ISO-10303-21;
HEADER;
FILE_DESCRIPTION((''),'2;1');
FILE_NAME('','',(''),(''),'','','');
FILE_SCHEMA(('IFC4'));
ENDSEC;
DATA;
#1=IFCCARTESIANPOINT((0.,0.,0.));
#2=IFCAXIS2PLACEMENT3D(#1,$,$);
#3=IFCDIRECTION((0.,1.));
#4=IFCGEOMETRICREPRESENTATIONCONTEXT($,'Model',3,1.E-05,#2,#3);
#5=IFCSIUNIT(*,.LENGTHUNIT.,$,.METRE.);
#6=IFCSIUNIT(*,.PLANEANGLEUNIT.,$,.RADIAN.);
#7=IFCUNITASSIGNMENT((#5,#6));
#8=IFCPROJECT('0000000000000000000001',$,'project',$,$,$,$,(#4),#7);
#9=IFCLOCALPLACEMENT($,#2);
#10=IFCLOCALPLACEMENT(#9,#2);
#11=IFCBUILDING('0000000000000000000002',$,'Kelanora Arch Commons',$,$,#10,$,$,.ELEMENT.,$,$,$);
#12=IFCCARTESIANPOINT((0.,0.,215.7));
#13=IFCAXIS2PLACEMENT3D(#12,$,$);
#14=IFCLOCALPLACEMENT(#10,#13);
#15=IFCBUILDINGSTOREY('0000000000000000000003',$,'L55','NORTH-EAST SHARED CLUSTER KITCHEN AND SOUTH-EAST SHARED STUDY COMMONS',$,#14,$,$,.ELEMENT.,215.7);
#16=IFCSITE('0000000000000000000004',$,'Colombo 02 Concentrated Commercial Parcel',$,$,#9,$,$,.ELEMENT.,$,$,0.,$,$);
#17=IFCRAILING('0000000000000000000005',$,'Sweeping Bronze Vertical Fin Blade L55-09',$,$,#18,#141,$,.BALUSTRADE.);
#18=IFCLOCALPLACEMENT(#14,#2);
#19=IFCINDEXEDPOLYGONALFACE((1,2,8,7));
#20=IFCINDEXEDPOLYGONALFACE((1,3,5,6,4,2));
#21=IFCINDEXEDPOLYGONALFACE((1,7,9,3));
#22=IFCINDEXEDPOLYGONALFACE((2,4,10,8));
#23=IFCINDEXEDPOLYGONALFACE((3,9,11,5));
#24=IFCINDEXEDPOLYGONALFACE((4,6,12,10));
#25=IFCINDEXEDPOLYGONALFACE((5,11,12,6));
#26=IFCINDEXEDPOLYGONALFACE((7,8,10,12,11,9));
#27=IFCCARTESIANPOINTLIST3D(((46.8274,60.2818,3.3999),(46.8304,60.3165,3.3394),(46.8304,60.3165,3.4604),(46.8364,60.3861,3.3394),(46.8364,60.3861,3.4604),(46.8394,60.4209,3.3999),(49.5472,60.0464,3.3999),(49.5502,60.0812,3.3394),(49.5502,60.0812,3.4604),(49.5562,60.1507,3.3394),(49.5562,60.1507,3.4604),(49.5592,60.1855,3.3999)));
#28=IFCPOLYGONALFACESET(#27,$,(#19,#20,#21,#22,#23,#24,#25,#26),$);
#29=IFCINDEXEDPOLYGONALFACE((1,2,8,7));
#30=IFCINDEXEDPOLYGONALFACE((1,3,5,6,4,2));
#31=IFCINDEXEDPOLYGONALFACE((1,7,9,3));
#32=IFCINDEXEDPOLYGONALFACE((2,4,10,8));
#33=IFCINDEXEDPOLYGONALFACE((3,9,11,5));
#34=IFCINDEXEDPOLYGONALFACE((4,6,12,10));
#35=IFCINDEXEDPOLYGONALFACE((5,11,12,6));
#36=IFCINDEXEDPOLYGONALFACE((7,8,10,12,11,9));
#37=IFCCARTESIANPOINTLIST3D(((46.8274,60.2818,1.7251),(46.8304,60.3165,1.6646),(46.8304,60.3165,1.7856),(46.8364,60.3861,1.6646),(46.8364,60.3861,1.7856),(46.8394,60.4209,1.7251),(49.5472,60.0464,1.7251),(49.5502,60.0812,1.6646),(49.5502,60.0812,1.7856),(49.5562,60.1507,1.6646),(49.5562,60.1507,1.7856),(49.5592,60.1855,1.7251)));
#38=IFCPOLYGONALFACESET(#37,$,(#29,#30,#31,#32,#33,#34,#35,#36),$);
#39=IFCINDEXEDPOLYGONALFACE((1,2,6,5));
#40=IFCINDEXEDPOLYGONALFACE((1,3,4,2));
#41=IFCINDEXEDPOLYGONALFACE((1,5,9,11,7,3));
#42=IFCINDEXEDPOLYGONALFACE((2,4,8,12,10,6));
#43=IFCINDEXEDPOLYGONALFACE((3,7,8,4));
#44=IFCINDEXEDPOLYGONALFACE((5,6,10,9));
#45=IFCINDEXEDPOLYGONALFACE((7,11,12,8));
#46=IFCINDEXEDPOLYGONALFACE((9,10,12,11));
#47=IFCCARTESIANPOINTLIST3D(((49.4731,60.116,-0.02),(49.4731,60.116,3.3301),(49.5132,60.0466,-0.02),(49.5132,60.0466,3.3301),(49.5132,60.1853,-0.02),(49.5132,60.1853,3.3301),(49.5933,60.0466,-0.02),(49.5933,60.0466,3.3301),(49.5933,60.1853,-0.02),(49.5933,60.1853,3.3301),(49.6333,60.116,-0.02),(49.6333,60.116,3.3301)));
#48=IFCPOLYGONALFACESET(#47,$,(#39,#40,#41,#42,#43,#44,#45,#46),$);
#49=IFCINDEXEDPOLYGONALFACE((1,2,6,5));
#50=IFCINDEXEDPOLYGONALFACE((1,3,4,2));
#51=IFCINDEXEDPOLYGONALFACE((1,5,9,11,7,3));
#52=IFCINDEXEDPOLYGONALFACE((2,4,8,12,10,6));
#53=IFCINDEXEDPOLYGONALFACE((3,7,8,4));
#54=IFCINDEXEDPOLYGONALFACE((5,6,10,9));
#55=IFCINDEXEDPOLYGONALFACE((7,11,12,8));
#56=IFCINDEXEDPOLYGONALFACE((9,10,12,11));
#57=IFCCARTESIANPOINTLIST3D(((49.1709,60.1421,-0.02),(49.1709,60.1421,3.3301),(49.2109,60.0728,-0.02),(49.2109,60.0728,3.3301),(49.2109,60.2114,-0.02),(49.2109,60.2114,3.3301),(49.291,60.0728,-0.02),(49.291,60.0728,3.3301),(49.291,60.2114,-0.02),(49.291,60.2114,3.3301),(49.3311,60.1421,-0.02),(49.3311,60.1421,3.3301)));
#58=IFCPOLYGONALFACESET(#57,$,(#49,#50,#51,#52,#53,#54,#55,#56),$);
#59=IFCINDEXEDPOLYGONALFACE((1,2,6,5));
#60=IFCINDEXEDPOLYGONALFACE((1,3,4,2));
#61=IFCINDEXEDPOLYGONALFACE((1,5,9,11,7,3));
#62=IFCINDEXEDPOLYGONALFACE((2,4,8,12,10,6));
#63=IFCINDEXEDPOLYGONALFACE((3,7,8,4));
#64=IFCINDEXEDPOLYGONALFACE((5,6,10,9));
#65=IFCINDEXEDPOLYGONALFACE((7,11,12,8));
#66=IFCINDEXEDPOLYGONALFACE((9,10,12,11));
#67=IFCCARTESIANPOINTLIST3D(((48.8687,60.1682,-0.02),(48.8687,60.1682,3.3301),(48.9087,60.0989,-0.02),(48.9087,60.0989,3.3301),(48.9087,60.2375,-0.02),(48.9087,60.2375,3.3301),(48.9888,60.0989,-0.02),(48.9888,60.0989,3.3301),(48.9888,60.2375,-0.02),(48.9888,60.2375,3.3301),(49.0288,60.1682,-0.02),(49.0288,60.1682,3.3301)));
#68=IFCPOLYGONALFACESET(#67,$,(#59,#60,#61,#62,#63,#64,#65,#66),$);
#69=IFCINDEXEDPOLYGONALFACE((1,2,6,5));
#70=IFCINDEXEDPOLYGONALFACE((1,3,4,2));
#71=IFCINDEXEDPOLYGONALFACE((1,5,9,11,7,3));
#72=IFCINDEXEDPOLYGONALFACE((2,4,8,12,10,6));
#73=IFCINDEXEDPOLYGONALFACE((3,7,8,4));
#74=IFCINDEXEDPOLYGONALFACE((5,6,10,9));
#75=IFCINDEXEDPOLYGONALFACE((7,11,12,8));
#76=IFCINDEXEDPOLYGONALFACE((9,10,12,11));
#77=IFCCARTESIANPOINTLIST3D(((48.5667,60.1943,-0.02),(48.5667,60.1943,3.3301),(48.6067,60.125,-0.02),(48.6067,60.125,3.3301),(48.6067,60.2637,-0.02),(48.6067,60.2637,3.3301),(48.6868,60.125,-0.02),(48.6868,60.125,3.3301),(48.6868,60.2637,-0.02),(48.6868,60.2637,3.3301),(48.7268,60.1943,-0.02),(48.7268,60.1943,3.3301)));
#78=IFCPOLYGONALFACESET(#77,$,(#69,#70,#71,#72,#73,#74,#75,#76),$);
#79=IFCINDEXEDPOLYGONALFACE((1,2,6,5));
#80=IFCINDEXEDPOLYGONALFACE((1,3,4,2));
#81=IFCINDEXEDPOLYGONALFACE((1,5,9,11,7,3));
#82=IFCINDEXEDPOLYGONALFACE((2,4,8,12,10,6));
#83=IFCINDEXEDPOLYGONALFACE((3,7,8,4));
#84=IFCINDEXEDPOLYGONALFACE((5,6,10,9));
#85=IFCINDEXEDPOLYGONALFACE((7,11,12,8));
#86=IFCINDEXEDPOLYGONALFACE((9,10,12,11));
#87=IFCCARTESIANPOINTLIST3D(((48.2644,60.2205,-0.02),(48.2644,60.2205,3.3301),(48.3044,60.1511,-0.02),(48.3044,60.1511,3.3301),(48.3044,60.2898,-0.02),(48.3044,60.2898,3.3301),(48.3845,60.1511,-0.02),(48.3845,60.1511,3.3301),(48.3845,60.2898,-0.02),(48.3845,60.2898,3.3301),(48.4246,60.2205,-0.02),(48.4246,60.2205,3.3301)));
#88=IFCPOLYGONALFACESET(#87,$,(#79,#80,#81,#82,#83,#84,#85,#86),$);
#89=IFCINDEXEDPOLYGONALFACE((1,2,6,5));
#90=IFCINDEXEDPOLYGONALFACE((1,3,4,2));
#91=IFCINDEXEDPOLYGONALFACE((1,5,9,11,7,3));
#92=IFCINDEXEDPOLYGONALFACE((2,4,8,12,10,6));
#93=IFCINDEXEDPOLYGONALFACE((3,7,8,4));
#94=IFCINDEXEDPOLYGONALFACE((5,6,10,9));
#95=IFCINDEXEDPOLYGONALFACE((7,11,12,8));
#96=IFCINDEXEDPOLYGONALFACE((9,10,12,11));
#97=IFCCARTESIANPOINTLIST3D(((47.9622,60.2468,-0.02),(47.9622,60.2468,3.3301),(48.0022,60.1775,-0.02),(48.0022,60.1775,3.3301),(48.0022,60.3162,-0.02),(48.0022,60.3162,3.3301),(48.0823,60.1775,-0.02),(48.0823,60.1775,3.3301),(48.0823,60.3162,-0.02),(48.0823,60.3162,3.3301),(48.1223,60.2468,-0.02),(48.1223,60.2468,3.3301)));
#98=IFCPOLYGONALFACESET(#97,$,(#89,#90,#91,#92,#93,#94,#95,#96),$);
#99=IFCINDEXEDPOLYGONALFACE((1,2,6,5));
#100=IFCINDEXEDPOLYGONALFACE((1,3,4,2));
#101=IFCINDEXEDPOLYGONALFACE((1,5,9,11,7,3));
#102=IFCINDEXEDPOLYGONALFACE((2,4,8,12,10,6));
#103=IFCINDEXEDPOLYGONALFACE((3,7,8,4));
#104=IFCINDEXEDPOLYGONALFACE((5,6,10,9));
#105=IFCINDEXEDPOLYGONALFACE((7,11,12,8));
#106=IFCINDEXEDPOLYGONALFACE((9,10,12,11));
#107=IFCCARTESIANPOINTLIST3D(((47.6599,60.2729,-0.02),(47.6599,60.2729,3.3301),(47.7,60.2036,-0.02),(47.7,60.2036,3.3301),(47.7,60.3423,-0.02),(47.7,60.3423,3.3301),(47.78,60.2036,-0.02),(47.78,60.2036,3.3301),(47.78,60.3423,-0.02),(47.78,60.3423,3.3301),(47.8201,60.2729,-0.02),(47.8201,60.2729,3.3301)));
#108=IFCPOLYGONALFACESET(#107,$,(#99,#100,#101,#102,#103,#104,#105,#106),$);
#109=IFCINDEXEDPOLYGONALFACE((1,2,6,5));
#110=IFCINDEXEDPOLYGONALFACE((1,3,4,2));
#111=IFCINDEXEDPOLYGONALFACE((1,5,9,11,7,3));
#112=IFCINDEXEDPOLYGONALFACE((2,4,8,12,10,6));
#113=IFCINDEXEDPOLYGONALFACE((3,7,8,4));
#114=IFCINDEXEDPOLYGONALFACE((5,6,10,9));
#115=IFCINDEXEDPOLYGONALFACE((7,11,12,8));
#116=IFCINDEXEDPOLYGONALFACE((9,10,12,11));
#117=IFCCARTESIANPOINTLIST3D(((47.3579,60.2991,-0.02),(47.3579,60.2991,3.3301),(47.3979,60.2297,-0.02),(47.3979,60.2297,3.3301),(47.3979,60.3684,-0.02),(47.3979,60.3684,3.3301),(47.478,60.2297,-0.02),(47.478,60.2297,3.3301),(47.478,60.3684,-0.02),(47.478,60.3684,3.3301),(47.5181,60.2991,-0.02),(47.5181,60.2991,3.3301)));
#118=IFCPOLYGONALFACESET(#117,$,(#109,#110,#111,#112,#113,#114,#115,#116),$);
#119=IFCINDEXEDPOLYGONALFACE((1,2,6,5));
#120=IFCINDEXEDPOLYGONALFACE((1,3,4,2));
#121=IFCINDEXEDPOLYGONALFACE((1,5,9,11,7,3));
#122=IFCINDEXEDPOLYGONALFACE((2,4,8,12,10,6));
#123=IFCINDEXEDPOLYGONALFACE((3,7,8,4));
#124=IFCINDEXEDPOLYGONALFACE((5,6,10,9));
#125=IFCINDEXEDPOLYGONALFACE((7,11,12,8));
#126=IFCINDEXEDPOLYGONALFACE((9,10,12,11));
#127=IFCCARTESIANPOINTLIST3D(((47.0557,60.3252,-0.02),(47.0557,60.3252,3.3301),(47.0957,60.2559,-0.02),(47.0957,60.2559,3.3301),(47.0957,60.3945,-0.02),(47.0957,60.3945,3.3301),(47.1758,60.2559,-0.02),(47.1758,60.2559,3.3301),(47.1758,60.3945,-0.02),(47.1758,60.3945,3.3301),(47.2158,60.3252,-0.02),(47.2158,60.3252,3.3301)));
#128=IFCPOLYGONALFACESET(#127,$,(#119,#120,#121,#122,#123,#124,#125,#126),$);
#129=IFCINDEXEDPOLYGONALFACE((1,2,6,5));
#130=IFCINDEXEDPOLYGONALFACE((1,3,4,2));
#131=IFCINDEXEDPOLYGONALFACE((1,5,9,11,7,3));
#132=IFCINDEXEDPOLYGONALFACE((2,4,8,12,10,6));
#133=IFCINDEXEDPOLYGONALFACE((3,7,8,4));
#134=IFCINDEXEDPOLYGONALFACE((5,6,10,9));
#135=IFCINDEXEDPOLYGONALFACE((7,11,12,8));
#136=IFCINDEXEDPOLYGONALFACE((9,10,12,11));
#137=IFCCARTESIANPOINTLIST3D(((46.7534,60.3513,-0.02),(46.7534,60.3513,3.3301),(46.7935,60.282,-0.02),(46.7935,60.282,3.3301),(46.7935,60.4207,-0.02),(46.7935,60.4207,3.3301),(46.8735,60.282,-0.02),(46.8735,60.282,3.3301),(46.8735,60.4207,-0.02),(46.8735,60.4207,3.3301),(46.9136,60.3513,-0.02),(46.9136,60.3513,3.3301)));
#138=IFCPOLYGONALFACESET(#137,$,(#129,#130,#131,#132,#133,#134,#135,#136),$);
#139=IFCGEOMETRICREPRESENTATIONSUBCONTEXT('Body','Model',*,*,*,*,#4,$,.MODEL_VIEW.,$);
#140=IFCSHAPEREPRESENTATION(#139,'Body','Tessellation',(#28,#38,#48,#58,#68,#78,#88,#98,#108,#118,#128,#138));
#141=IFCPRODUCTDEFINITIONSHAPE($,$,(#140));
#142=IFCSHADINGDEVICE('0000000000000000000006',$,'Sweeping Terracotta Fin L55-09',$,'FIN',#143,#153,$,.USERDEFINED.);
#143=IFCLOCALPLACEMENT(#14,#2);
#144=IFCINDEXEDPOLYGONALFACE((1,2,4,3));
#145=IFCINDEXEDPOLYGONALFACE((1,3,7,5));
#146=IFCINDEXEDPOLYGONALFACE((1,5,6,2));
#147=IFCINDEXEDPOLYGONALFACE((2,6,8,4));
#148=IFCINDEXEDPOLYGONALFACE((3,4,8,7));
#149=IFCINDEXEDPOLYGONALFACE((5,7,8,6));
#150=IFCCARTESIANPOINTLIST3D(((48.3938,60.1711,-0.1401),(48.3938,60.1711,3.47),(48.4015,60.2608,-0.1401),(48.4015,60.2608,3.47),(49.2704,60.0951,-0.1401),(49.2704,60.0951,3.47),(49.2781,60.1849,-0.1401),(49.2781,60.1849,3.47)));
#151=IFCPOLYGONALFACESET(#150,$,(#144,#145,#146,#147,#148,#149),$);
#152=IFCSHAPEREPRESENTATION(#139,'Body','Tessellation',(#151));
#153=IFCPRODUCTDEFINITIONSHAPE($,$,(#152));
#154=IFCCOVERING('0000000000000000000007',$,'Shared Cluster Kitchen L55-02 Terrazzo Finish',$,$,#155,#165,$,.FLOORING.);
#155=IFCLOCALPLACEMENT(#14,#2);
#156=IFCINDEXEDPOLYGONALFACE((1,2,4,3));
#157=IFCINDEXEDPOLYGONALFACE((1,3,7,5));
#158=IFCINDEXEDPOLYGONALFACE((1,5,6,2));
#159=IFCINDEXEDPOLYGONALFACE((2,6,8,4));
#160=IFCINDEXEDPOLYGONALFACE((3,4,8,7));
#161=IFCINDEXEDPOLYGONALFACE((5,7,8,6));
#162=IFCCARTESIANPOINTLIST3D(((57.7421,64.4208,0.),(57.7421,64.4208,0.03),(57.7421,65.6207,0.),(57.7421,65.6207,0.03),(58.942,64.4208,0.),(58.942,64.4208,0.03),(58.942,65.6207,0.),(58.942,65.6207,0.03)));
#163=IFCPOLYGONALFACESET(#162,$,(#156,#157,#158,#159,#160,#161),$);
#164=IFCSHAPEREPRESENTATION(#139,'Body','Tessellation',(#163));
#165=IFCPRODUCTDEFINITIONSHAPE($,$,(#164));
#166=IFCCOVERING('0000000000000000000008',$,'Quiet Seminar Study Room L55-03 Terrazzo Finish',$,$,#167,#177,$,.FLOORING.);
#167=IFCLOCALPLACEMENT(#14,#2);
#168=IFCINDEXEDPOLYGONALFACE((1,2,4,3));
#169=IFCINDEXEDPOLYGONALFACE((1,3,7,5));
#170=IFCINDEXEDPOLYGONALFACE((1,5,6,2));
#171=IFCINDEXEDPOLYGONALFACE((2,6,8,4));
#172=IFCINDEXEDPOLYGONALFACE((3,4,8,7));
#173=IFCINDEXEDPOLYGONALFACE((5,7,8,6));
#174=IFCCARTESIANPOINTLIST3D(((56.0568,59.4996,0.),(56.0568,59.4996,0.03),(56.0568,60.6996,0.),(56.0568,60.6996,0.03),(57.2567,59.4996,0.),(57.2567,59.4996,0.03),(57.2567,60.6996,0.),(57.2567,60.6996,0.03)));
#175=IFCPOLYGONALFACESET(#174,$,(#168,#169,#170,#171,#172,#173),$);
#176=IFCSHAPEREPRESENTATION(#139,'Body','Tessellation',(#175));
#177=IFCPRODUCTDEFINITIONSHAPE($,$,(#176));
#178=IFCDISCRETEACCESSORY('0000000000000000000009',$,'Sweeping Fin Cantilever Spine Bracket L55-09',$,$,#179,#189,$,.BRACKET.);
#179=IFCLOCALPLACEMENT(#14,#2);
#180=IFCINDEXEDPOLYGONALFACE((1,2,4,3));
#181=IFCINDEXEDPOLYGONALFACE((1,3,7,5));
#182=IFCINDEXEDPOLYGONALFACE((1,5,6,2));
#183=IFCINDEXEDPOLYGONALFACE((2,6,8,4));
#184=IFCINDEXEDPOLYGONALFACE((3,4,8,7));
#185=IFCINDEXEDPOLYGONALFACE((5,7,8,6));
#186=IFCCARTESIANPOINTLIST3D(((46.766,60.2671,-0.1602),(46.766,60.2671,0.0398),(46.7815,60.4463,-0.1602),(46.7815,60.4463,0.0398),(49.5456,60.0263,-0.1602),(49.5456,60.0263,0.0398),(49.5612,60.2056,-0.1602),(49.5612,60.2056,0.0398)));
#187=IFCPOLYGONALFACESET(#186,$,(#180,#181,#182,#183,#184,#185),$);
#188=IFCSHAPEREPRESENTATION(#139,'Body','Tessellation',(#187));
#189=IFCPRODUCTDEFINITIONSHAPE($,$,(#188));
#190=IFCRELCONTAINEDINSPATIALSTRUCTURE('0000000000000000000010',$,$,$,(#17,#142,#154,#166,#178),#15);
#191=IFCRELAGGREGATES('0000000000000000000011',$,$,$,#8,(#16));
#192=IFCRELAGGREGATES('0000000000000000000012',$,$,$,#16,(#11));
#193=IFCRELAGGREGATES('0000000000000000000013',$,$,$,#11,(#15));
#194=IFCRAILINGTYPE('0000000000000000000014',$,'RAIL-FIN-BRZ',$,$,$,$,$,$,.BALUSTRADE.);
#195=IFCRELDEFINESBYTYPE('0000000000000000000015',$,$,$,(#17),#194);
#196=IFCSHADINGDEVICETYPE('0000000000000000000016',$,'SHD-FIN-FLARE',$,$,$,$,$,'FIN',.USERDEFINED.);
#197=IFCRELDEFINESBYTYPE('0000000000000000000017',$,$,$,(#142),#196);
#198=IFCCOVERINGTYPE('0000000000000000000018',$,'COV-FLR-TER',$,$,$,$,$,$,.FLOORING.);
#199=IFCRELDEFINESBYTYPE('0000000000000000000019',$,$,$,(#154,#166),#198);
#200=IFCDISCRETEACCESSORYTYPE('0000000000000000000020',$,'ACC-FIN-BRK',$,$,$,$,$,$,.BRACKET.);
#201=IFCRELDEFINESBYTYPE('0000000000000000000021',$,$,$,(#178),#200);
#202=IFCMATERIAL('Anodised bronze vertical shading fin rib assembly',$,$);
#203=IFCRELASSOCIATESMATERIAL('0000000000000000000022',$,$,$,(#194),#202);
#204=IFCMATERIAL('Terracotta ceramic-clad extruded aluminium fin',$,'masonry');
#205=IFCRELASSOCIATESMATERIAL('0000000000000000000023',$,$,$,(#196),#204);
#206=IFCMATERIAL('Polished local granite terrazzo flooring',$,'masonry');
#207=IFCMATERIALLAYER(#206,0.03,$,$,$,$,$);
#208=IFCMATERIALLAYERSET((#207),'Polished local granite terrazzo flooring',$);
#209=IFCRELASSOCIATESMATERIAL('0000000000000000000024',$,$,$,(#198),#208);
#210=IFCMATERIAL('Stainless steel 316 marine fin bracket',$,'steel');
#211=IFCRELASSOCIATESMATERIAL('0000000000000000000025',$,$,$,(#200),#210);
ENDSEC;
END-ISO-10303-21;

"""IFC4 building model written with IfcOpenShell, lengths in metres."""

from ifc_helpers import new_model, si_unit, direction, frame, origin, origin_2d, place, context, subcontext, project, spatial, polyline, rectangle, outline, extrude, source, transform, mapped, material, layer, layer_set, type_object, element, save


model = new_model("IFC4")

# Units and contexts
model_context = context("Model", 3, precision=1e-05, world=origin(), true_north=direction((0.0, 1.0)))
body_context = subcontext(model_context, "Body", "Model", "MODEL_VIEW")
ifc_project = project(units=[si_unit("LENGTHUNIT", "METRE"), si_unit("PLANEANGLEUNIT", "RADIAN")], contexts=[model_context])

# Site, building, storey
site_placement = place(None, origin())
site = spatial("IfcSite", under=ifc_project, at=site_placement, Name="Colombo 02 Concentrated Commercial Parcel", CompositionType="ELEMENT", RefElevation=0.0)
building_placement = place(site_placement, origin())
building = spatial("IfcBuilding", under=site, at=building_placement, Name="Kelanora Arch Commons", CompositionType="ELEMENT")
storey_placement = place(building_placement, frame((0.0, 0.0, 215.7)))
storey = spatial("IfcBuildingStorey", under=building, at=storey_placement, Name="L55", Description="NORTH-EAST SHARED CLUSTER KITCHEN AND SOUTH-EAST SHARED STUDY COMMONS", CompositionType="ELEMENT", Elevation=215.7)

# Railing
ifc_material_1 = material(Name="Anodised bronze vertical shading fin rib assembly")
railing_type = type_object("IfcRailingType", Name="RAIL-FIN-BRZ", PredefinedType="BALUSTRADE", material=ifc_material_1)
railing_placement = place(storey_placement, frame((49.5532, 60.116, -0.02)))
element("IfcRailing", 1, at=railing_placement, inside=storey, type_object=railing_type, Name="Sweeping Bronze Vertical Fin Blade L55-09", PredefinedType="BALUSTRADE", context=body_context, shape_type="SweptSolid", body=[
    extrude(outline(polyline([(0.0698, 0.0), (0.0349, 0.0605), (-0.0349, 0.0605), (-0.0698, 0.0), (-0.0349, -0.0605), (0.0349, -0.0605), (0.0698, 0.0)])), frame((0.0, 0.0, 3.4199), z_axis=(-0.996277, 0.086213, 0.0), x_axis=(-0.086213, -0.996277, 0.0)), (0.0, 0.0, 1.0), 2.73),
    extrude(outline(polyline([(0.0698, 0.0), (0.0349, 0.0605), (-0.0349, 0.0605), (-0.0698, 0.0), (-0.0349, -0.0605), (0.0349, -0.0605), (0.0698, 0.0)])), frame((0.0, 0.0, 1.7451), z_axis=(-0.996277, 0.086213, 0.0), x_axis=(-0.086213, -0.996277, 0.0)), (0.0, 0.0, 1.0), 2.73),
    extrude(outline(polyline([(0.0801, 0.0), (0.04, 0.0693), (-0.04, 0.0693), (-0.0801, 0.0), (-0.04, -0.0693), (0.04, -0.0693), (0.0801, 0.0)])), origin(), (0.0, 0.0, 1.0), 3.3501),
    extrude(outline(polyline([(0.0801, 0.0), (0.04, 0.0693), (-0.04, 0.0693), (-0.0801, 0.0), (-0.04, -0.0693), (0.04, -0.0693), (0.0801, 0.0)])), frame((-0.3022, 0.0261, 0.0)), (0.0, 0.0, 1.0), 3.3501),
    extrude(outline(polyline([(0.0801, 0.0), (0.04, 0.0693), (-0.04, 0.0693), (-0.0801, 0.0), (-0.04, -0.0693), (0.04, -0.0693), (0.0801, 0.0)])), frame((-0.6045, 0.0522, 0.0)), (0.0, 0.0, 1.0), 3.3501),
    extrude(outline(polyline([(0.0801, 0.0), (0.04, 0.0693), (-0.04, 0.0693), (-0.0801, 0.0), (-0.04, -0.0693), (0.04, -0.0693), (0.0801, 0.0)])), frame((-0.9065, 0.0784, 0.0)), (0.0, 0.0, 1.0), 3.3501),
    extrude(outline(polyline([(0.0801, 0.0), (0.04, 0.0693), (-0.04, 0.0693), (-0.0801, 0.0), (-0.04, -0.0693), (0.04, -0.0693), (0.0801, 0.0)])), frame((-1.2087, 0.1045, 0.0)), (0.0, 0.0, 1.0), 3.3501),
    extrude(outline(polyline([(0.0801, 0.0), (0.04, 0.0693), (-0.04, 0.0693), (-0.0801, 0.0), (-0.04, -0.0693), (0.04, -0.0693), (0.0801, 0.0)])), frame((-1.511, 0.1309, 0.0)), (0.0, 0.0, 1.0), 3.3501),
    extrude(outline(polyline([(0.0801, 0.0), (0.04, 0.0693), (-0.04, 0.0693), (-0.0801, 0.0), (-0.04, -0.0693), (0.04, -0.0693), (0.0801, 0.0)])), frame((-1.8132, 0.157, 0.0)), (0.0, 0.0, 1.0), 3.3501),
    extrude(outline(polyline([(0.0801, 0.0), (0.04, 0.0693), (-0.04, 0.0693), (-0.0801, 0.0), (-0.04, -0.0693), (0.04, -0.0693), (0.0801, 0.0)])), frame((-2.1152, 0.1831, 0.0)), (0.0, 0.0, 1.0), 3.3501),
    extrude(outline(polyline([(0.0801, 0.0), (0.04, 0.0693), (-0.04, 0.0693), (-0.0801, 0.0), (-0.04, -0.0693), (0.04, -0.0693), (0.0801, 0.0)])), frame((-2.4175, 0.2092, 0.0)), (0.0, 0.0, 1.0), 3.3501),
    extrude(outline(polyline([(0.0801, 0.0), (0.04, 0.0693), (-0.04, 0.0693), (-0.0801, 0.0), (-0.04, -0.0693), (0.04, -0.0693), (0.0801, 0.0)])), frame((-2.7197, 0.2354, 0.0)), (0.0, 0.0, 1.0), 3.3501),
])

# Shading device
ifc_material_2 = material(Name="Terracotta ceramic-clad extruded aluminium fin", Category="masonry")
shading_device_type = type_object("IfcShadingDeviceType", Name="SHD-FIN-FLARE", ElementType="FIN", PredefinedType="USERDEFINED", material=ifc_material_2)
shared_shape_1 = source(origin(), body_context, "Body", "SweptSolid", [
    extrude(rectangle(XDim=0.8799, YDim=0.0901, at=origin_2d()), origin(), (0.0, 0.0, 1.0), 3.6101),
])
shading_device_placement = place(storey_placement, frame((48.8359, 60.178, -0.1401), z_axis=(0.0, 0.0, 1.0), x_axis=(-0.99627, 0.086286, 0.0)))
element("IfcShadingDevice", 2, at=shading_device_placement, inside=storey, type_object=shading_device_type, Name="Sweeping Terracotta Fin L55-09", ObjectType="FIN", PredefinedType="USERDEFINED", context=body_context, shape_type="MappedRepresentation", body=[
    mapped(shared_shape_1, transform((0.0, 0.0, 0.0), scale=1.0)),
])

# Coverings
ifc_material_3 = material(Name="Polished local granite terrazzo flooring", Category="masonry")
ifc_layer_1 = layer(ifc_material_3, 0.03)
ifc_layer_set_1 = layer_set([ifc_layer_1], Name="Polished local granite terrazzo flooring")
covering_type = type_object("IfcCoveringType", Name="COV-FLR-TER", PredefinedType="FLOORING", material=ifc_layer_set_1)
shared_shape_2 = source(origin(), body_context, "Body", "SweptSolid", [
    extrude(rectangle(XDim=1.2, YDim=1.2, at=origin_2d()), origin(), (0.0, 0.0, 1.0), 0.03),
])
for number, where, z_axis, x_axis, name in (
    (3, (58.342, 65.0208, 0.0), (0.0, 0.0, 1.0), (1.0, 0.0, 0.0), "Shared Cluster Kitchen L55-02 Terrazzo Finish"),
    (4, (56.6567, 60.0996, 0.0), (0.0, 0.0, 1.0), (1.0, 0.0, 0.0), "Quiet Seminar Study Room L55-03 Terrazzo Finish"),
):
    element("IfcCovering", number, at=place(storey_placement, frame(where, z_axis=z_axis, x_axis=x_axis)), inside=storey, type_object=covering_type, Name=name, PredefinedType="FLOORING", context=body_context, shape_type="MappedRepresentation", body=[
        mapped(shared_shape_2, transform((0.0, 0.0, 0.0), scale=1.0)),
    ])

# Discrete accessory
ifc_material_4 = material(Name="Stainless steel 316 marine fin bracket", Category="steel")
discrete_accessory_type = type_object("IfcDiscreteAccessoryType", Name="ACC-FIN-BRK", PredefinedType="BRACKET", material=ifc_material_4)
shared_shape_3 = source(origin(), body_context, "Body", "SweptSolid", [
    extrude(rectangle(XDim=2.79, YDim=0.1799, at=origin_2d()), origin(), (0.0, 0.0, 1.0), 0.2),
])
discrete_accessory_placement = place(storey_placement, frame((48.1636, 60.2363, -0.1602), z_axis=(0.0, 0.0, 1.0), x_axis=(-0.99627, 0.086286, 0.0)))
element("IfcDiscreteAccessory", 5, at=discrete_accessory_placement, inside=storey, type_object=discrete_accessory_type, Name="Sweeping Fin Cantilever Spine Bracket L55-09", PredefinedType="BRACKET", context=body_context, shape_type="MappedRepresentation", body=[
    mapped(shared_shape_3, transform((0.0, 0.0, 0.0), scale=1.0)),
])

save(model, "model.ifc")
